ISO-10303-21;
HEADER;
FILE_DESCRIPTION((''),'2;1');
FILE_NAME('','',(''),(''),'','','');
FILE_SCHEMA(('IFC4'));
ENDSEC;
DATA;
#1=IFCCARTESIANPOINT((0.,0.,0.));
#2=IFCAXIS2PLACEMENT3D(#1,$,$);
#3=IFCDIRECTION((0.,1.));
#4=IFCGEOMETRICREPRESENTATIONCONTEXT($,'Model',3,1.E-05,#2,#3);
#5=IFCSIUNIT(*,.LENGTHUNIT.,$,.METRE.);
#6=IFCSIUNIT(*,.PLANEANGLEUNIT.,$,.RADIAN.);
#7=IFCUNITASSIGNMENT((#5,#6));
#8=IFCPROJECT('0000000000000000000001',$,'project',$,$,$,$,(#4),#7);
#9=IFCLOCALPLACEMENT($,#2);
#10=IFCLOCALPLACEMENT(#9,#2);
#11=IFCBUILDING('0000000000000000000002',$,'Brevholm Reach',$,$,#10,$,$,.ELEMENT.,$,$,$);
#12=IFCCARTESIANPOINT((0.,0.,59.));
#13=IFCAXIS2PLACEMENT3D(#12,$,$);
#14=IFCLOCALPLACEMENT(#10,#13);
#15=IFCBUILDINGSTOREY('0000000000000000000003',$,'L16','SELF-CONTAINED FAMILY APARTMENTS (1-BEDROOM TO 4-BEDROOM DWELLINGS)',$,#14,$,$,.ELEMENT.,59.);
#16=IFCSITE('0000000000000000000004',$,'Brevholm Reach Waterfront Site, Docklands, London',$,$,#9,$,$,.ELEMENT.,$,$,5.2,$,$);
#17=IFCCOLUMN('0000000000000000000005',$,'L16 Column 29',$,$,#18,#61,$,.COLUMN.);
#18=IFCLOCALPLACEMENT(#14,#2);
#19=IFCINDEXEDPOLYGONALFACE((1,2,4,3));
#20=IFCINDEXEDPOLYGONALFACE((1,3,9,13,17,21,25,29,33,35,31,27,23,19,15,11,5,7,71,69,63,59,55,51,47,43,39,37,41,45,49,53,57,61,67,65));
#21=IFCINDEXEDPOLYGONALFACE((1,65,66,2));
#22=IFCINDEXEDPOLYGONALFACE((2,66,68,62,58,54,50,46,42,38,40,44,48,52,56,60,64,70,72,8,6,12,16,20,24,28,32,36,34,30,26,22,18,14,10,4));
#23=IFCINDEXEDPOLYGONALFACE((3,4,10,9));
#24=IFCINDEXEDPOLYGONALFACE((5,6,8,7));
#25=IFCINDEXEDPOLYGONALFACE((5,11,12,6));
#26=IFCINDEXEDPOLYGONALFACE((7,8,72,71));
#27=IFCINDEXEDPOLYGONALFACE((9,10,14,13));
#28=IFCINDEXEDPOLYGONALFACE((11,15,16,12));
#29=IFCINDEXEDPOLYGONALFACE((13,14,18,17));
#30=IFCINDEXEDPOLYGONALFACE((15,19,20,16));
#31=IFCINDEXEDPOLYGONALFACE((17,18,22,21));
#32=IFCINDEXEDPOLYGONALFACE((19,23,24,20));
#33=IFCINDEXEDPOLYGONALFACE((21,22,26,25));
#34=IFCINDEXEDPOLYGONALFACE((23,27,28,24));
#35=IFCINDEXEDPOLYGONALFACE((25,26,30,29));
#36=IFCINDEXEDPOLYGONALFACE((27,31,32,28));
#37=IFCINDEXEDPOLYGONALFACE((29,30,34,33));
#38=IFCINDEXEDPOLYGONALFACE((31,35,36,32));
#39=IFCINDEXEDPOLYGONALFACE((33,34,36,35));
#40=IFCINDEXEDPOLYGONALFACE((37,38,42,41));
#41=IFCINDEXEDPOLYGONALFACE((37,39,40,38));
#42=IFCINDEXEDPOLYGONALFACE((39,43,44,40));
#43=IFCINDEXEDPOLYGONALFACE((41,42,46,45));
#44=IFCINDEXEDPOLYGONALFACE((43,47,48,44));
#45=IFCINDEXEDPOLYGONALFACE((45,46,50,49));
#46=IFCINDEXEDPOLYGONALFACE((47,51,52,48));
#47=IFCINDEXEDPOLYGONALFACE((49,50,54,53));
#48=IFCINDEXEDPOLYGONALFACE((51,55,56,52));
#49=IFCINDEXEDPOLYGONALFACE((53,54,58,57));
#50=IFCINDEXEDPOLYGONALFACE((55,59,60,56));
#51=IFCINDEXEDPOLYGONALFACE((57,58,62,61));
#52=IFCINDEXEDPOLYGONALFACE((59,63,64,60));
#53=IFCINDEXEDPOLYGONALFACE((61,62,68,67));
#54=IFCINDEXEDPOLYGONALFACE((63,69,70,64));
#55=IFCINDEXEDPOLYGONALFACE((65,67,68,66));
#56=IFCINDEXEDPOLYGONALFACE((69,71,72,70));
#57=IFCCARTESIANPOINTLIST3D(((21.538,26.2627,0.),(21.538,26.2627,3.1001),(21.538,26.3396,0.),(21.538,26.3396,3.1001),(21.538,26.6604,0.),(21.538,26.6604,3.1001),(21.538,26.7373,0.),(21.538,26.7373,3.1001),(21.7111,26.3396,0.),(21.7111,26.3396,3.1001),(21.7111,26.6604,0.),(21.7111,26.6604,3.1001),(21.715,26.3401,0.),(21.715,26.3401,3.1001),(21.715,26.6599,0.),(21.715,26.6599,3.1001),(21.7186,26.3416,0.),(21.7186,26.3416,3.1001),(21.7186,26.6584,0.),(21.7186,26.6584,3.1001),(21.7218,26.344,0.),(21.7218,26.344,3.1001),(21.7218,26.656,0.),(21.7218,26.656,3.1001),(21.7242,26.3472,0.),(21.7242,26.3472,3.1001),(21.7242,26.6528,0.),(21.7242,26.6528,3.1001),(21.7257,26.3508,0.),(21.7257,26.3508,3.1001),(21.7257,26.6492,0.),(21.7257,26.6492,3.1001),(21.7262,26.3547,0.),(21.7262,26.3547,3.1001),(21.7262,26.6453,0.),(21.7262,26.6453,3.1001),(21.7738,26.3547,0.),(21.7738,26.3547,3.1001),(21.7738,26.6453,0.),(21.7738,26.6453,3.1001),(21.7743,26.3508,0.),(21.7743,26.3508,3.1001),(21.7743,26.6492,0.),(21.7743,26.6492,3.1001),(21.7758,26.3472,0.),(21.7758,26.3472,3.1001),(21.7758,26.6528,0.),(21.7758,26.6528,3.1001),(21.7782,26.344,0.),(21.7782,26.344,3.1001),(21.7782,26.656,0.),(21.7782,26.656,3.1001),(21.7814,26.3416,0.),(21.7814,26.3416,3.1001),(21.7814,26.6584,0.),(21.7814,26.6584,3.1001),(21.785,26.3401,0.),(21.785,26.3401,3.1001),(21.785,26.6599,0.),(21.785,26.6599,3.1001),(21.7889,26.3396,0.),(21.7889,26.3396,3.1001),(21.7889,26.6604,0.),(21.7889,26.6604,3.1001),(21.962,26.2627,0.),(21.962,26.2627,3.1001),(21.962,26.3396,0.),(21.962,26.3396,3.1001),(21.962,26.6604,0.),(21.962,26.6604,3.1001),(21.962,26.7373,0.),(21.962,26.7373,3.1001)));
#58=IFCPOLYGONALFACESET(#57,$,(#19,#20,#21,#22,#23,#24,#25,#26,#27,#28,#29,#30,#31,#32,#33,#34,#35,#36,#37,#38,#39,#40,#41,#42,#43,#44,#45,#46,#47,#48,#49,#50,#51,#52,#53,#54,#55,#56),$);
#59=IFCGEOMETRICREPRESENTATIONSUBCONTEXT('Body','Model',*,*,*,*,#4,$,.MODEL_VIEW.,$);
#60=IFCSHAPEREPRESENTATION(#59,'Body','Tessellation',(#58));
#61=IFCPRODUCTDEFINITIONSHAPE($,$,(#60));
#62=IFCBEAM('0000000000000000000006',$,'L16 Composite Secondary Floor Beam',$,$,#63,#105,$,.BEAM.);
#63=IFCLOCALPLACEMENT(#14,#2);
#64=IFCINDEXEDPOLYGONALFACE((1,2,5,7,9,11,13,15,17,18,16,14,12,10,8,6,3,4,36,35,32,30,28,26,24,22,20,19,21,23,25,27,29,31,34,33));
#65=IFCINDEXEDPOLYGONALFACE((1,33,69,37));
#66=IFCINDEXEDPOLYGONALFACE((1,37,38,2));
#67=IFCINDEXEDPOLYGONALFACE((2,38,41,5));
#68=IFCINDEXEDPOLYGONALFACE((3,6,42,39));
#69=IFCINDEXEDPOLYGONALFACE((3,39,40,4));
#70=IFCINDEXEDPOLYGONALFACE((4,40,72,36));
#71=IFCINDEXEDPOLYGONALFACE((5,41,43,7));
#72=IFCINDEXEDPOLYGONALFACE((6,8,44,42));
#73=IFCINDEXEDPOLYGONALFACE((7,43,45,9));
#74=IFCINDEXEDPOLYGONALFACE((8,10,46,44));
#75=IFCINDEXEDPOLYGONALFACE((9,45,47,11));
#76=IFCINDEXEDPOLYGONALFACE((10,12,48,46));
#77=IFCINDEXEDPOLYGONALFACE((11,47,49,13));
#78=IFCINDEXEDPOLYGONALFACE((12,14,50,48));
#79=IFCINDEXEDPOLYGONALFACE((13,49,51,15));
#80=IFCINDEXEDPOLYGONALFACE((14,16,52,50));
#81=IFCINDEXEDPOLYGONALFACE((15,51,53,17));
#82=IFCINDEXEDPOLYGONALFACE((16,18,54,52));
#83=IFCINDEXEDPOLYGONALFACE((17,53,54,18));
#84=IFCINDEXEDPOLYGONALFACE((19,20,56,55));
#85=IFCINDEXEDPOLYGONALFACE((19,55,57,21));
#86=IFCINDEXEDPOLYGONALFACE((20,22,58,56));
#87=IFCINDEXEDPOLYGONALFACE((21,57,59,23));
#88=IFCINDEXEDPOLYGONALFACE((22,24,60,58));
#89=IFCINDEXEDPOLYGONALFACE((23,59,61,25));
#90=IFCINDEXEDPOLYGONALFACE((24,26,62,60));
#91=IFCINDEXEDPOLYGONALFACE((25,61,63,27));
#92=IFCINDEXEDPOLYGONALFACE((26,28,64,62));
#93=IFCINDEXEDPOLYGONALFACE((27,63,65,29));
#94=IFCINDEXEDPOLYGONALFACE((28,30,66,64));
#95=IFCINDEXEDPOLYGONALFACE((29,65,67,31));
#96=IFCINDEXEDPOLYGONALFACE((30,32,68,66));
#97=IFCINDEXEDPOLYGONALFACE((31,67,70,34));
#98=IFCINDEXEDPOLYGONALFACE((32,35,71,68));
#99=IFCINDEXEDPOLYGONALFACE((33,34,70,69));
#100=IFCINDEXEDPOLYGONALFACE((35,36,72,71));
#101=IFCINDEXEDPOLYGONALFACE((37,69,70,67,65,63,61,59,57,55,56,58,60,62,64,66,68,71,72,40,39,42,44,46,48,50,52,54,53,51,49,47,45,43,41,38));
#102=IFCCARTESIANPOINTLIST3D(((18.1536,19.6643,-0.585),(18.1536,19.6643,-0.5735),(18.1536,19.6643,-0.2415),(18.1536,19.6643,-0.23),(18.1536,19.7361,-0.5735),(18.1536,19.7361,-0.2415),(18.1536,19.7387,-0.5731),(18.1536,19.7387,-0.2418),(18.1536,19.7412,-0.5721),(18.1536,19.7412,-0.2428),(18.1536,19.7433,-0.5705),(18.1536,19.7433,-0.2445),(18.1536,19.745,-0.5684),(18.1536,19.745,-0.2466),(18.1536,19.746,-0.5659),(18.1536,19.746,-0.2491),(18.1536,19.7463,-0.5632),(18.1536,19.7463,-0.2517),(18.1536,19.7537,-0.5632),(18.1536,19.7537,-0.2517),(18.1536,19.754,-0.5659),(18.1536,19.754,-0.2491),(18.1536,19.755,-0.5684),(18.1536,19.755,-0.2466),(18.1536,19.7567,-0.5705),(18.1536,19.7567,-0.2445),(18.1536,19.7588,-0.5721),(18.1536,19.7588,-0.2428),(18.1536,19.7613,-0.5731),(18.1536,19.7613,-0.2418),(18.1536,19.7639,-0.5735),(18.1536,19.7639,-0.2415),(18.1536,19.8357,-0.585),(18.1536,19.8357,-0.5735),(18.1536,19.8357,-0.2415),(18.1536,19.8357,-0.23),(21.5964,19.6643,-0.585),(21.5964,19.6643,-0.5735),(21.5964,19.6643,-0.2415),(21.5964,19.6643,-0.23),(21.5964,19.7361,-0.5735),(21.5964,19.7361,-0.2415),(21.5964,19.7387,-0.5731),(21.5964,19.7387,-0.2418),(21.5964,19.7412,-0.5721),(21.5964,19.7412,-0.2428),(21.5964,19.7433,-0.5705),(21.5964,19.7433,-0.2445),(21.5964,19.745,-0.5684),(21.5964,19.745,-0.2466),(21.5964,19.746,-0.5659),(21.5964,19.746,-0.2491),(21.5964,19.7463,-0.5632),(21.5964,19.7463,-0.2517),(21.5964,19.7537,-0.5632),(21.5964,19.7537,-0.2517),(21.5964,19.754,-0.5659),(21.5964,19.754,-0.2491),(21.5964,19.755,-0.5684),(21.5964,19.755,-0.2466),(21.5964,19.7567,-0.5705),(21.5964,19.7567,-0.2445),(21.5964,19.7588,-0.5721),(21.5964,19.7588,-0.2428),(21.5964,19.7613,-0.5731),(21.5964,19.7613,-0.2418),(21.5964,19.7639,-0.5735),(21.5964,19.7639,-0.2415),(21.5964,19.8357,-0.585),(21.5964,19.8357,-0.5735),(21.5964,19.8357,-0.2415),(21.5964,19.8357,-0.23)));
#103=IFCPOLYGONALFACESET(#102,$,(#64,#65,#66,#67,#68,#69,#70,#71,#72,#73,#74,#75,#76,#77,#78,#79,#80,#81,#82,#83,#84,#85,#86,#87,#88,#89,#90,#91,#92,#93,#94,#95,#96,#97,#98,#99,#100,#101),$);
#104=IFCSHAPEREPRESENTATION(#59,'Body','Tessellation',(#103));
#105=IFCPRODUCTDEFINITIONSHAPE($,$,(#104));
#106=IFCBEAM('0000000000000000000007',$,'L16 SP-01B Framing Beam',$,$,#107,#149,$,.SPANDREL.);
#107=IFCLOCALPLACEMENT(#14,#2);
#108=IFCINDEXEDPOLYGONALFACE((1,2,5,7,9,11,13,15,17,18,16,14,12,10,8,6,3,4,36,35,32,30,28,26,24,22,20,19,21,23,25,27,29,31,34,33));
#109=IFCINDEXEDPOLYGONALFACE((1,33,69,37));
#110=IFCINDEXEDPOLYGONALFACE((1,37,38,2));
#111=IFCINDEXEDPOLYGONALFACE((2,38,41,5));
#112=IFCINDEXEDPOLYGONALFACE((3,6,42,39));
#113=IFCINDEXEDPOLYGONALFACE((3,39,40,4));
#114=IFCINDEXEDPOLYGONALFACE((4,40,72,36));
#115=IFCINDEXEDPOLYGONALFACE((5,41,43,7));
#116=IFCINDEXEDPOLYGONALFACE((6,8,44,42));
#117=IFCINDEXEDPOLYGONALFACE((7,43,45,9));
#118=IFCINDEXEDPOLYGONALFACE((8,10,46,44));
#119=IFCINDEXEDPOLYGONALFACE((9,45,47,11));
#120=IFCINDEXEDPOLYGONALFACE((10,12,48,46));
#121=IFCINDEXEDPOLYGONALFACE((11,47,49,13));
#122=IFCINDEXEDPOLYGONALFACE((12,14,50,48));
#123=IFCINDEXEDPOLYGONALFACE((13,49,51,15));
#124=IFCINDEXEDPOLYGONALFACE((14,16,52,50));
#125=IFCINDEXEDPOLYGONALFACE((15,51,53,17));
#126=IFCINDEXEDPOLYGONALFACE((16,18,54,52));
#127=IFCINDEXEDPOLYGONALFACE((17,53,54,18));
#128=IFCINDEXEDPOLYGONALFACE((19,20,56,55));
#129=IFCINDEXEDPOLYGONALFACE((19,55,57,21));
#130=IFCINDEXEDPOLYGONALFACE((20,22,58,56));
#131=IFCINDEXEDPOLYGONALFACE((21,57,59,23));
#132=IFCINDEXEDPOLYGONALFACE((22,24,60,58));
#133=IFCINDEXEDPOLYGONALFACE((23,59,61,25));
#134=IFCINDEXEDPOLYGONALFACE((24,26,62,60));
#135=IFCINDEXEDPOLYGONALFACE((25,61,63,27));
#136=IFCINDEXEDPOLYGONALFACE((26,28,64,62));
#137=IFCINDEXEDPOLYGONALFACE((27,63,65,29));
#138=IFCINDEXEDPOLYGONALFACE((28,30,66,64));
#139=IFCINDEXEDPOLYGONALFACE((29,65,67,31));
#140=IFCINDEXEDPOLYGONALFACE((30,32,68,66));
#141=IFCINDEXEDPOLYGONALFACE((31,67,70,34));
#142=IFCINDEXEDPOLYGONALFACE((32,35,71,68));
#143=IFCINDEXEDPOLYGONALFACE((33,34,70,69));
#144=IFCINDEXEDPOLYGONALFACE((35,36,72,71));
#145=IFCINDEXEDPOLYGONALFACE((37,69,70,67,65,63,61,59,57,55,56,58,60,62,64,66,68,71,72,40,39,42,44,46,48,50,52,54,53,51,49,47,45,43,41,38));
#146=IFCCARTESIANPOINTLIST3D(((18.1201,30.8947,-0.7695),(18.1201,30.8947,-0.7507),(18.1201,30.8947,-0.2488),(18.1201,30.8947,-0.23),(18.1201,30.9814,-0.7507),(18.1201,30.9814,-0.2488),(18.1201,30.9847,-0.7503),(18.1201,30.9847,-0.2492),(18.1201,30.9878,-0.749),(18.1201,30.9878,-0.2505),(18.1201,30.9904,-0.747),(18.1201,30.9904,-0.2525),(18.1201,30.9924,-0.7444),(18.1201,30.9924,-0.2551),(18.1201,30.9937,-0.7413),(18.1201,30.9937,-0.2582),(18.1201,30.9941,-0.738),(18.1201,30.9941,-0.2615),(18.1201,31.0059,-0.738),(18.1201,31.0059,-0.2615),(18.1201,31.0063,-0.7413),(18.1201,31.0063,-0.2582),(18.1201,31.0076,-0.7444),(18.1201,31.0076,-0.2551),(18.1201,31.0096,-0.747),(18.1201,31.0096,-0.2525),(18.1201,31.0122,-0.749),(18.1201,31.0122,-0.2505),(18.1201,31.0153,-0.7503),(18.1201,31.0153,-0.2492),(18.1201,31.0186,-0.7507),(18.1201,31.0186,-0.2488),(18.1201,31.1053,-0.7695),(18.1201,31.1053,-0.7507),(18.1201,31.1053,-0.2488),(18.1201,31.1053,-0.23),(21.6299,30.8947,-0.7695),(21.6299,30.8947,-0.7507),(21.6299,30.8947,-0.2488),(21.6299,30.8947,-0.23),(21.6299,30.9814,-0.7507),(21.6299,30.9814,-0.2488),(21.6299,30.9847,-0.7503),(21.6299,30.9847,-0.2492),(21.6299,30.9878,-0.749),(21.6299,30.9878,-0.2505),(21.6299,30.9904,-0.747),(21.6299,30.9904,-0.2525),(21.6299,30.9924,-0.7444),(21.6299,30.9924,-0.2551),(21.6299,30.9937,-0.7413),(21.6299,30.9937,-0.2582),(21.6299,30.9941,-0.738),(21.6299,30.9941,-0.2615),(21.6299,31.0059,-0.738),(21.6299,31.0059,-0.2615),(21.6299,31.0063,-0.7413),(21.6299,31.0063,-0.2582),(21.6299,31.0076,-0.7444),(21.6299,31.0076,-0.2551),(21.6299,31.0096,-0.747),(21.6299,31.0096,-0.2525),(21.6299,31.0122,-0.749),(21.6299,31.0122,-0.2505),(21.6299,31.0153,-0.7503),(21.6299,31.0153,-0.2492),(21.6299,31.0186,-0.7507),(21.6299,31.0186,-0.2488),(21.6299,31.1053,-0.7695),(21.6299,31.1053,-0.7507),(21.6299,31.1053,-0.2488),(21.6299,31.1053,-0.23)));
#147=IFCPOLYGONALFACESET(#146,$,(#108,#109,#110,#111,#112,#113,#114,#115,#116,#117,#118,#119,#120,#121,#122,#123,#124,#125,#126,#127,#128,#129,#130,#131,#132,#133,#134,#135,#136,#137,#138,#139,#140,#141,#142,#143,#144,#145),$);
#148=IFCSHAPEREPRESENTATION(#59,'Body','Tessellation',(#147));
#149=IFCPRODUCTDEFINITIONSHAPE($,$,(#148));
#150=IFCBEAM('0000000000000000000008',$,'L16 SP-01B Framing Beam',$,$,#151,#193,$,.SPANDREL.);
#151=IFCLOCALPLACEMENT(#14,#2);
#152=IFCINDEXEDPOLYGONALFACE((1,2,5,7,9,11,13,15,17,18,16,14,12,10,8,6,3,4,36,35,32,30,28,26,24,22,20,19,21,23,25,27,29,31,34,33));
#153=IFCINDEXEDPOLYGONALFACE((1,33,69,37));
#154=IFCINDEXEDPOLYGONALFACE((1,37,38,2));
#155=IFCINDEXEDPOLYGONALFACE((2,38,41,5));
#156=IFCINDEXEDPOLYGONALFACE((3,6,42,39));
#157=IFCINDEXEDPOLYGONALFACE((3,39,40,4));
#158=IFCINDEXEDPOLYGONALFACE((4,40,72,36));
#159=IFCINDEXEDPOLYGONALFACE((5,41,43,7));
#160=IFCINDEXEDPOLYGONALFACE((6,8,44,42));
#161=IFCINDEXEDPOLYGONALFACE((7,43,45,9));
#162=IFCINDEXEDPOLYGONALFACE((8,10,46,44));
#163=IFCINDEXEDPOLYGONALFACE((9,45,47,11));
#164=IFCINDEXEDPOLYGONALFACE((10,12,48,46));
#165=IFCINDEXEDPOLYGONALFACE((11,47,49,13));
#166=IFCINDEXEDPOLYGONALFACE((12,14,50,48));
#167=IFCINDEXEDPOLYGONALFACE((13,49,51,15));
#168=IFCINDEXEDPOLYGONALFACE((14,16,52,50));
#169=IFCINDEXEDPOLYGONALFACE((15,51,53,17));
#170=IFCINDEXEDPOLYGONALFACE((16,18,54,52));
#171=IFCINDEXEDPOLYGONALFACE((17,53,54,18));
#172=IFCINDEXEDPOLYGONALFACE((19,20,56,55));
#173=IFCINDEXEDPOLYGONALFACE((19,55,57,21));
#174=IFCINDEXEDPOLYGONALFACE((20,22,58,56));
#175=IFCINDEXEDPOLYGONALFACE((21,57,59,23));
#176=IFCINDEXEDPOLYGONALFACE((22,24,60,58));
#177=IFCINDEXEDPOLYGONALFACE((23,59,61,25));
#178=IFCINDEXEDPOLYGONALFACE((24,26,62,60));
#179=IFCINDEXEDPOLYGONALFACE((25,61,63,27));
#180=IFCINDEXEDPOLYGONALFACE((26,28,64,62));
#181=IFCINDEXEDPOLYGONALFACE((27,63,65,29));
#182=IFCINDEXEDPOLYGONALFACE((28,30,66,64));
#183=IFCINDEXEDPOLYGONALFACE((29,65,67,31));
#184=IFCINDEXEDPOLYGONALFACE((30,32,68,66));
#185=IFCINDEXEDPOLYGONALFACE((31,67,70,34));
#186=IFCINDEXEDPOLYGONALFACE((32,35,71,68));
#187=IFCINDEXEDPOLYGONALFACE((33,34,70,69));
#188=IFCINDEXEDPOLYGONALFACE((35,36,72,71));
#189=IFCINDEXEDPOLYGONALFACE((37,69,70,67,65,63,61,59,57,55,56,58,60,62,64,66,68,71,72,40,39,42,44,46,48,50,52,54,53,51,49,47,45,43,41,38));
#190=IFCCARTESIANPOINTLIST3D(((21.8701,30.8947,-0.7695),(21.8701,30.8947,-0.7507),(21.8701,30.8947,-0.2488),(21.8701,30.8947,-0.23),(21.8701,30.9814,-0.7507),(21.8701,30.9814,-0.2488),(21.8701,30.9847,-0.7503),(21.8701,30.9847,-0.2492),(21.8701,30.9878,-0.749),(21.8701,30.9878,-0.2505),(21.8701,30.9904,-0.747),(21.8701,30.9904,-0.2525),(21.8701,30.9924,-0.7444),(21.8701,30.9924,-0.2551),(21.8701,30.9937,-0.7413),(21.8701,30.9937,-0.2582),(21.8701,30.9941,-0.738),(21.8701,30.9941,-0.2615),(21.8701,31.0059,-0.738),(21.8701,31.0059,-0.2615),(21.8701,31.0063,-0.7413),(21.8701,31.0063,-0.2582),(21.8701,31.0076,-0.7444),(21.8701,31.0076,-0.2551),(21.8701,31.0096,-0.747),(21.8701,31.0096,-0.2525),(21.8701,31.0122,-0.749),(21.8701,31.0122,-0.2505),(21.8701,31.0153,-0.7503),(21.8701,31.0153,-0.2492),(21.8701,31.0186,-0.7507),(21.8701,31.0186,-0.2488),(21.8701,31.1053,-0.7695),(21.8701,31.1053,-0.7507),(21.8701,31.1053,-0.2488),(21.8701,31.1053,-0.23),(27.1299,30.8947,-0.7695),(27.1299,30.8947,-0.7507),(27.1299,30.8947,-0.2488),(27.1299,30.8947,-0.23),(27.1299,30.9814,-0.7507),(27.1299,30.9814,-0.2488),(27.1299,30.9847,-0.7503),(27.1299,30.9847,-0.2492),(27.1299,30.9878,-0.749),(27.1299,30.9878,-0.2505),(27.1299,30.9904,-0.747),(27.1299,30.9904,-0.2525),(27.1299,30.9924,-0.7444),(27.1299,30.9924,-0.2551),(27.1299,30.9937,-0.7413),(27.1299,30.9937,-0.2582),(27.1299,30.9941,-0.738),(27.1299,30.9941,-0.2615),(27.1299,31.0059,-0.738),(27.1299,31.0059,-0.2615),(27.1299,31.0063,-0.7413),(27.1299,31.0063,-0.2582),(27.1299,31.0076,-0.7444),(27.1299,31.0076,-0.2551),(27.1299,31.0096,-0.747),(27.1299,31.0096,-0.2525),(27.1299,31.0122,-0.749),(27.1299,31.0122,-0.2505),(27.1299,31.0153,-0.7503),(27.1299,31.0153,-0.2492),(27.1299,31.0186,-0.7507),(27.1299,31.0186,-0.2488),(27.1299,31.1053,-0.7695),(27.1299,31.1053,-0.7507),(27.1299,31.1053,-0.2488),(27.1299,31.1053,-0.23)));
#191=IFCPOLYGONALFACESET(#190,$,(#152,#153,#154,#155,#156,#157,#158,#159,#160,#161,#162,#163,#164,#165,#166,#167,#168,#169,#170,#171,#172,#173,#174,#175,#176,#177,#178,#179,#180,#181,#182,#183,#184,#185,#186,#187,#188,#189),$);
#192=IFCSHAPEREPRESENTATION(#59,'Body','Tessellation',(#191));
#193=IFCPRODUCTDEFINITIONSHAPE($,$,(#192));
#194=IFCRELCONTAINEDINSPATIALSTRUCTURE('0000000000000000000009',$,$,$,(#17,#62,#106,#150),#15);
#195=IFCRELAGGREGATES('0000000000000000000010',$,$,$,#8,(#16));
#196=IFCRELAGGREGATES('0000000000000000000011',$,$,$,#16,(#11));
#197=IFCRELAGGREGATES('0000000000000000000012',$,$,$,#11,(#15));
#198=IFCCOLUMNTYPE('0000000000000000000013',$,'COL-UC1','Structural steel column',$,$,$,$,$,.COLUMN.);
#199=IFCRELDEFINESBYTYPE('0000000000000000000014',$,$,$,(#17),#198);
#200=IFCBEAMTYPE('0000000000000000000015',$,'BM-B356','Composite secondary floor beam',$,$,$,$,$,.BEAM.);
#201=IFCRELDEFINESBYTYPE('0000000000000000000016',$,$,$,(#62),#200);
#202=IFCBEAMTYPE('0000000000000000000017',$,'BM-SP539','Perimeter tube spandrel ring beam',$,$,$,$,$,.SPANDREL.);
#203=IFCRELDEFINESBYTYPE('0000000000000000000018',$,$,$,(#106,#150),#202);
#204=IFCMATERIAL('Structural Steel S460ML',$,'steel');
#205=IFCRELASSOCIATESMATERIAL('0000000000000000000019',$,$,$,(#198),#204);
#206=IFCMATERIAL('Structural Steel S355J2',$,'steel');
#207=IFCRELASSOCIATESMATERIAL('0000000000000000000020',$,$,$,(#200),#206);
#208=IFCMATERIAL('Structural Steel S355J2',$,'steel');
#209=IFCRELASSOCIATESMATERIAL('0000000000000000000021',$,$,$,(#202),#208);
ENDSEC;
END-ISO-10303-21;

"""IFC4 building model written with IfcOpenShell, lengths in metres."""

from ifc_helpers import new_model, si_unit, direction, frame, origin, origin_2d, place, context, subcontext, project, spatial, i_section, extrude, material, material_profile, profile_set, type_object, element, save


model = new_model("IFC4")

# Units and contexts
model_context = context("Model", 3, precision=1e-05, world=origin(), true_north=direction((0.0, 1.0)))
body_context = subcontext(model_context, "Body", "Model", "MODEL_VIEW")
ifc_project = project(units=[si_unit("LENGTHUNIT", "METRE"), si_unit("PLANEANGLEUNIT", "RADIAN")], contexts=[model_context])

# Site, building, storey
site_placement = place(None, origin())
site = spatial("IfcSite", under=ifc_project, at=site_placement, Name="Brevholm Reach Waterfront Site, Docklands, London", CompositionType="ELEMENT", RefElevation=5.2)
building_placement = place(site_placement, origin())
building = spatial("IfcBuilding", under=site, at=building_placement, Name="Brevholm Reach", CompositionType="ELEMENT")
storey_placement = place(building_placement, frame((0.0, 0.0, 59.0)))
storey = spatial("IfcBuildingStorey", under=building, at=storey_placement, Name="L16", Description="SELF-CONTAINED FAMILY APARTMENTS (1-BEDROOM TO 4-BEDROOM DWELLINGS)", CompositionType="ELEMENT", Elevation=59.0)

# Column
ifc_material_1 = material(Name="Structural Steel S460ML", Category="steel")
ifc_material_profile_1 = material_profile(ifc_material_1, i_section(OverallWidth=0.4241, OverallDepth=0.4746, WebThickness=0.0476, FlangeThickness=0.0769, FilletRadius=0.0151, at=origin_2d()), Name="UKC 356x406x634")
ifc_profile_set_1 = profile_set([ifc_material_profile_1], Name="Structural Steel S460ML")
column_type_1 = type_object("IfcColumnType", Name="COL-UC1", Description="Structural steel column", PredefinedType="COLUMN", material=ifc_profile_set_1)
for number, where, z_axis, x_axis, name in (
    (1, (21.75, 26.5, 0.0), (0.0, 0.0, 1.0), (1.0, 0.0, 0.0), "L16 Column 29"),
):
    element("IfcColumn", number, at=place(storey_placement, frame(where, z_axis=z_axis, x_axis=x_axis)), inside=storey, type_object=column_type_1, Name=name, PredefinedType="COLUMN", context=body_context, shape_type="SweptSolid", body=[
        extrude(i_section(OverallWidth=0.4241, OverallDepth=0.4746, WebThickness=0.0476, FlangeThickness=0.0769, FilletRadius=0.0151, at=origin_2d()), origin(), (0.0, 0.0, 1.0), 3.1001),
    ])

# Beams
ifc_material_2 = material(Name="Structural Steel S355J2", Category="steel")
ifc_material_profile_2 = material_profile(ifc_material_2, i_section(OverallWidth=0.1714, OverallDepth=0.355, WebThickness=0.0073, FlangeThickness=0.0115, FilletRadius=0.0103, at=origin_2d()), Name="UKB 356x171x51")
ifc_profile_set_2 = profile_set([ifc_material_profile_2], Name="Structural Steel S355J2")
beam_type_1 = type_object("IfcBeamType", Name="BM-B356", Description="Composite secondary floor beam", PredefinedType="BEAM", material=ifc_profile_set_2)
beam_1_placement = place(storey_placement, frame((18.1536, 19.75, -0.4075), z_axis=(1.0, 0.0, 0.0), x_axis=(0.0, 1.0, 0.0)))
element("IfcBeam", 2, at=beam_1_placement, inside=storey, type_object=beam_type_1, Name="L16 Composite Secondary Floor Beam", PredefinedType="BEAM", context=body_context, shape_type="SweptSolid", body=[
    extrude(i_section(OverallWidth=0.1714, OverallDepth=0.355, WebThickness=0.0073, FlangeThickness=0.0115, FilletRadius=0.0103, at=origin_2d()), origin(), (0.0, 0.0, 1.0), 3.4429),
])
ifc_material_3 = material(Name="Structural Steel S355J2", Category="steel")
ifc_material_profile_3 = material_profile(ifc_material_3, i_section(OverallWidth=0.2107, OverallDepth=0.5396, WebThickness=0.0117, FlangeThickness=0.0188, FilletRadius=0.0127, at=origin_2d()), Name="UKB 533x210x109")
ifc_profile_set_3 = profile_set([ifc_material_profile_3], Name="Structural Steel S355J2")
beam_type_2 = type_object("IfcBeamType", Name="BM-SP539", Description="Perimeter tube spandrel ring beam", PredefinedType="SPANDREL", material=ifc_profile_set_3)
beam_2_placement = place(storey_placement, frame((18.1201, 31.0, -0.4998), z_axis=(1.0, 0.0, 0.0), x_axis=(0.0, 1.0, 0.0)))
element("IfcBeam", 3, at=beam_2_placement, inside=storey, type_object=beam_type_2, Name="L16 SP-01B Framing Beam", PredefinedType="SPANDREL", context=body_context, shape_type="SweptSolid", body=[
    extrude(i_section(OverallWidth=0.2107, OverallDepth=0.5396, WebThickness=0.0117, FlangeThickness=0.0188, FilletRadius=0.0127, at=origin_2d()), origin(), (0.0, 0.0, 1.0), 3.5098),
])
for number, where, z_axis, x_axis, name in (
    (4, (21.8701, 31.0, -0.4998), (1.0, 0.0, 0.0), (0.0, 1.0, 0.0), "L16 SP-01B Framing Beam"),
):
    element("IfcBeam", number, at=place(storey_placement, frame(where, z_axis=z_axis, x_axis=x_axis)), inside=storey, type_object=beam_type_2, Name=name, PredefinedType="SPANDREL", context=body_context, shape_type="SweptSolid", body=[
        extrude(i_section(OverallWidth=0.2107, OverallDepth=0.5396, WebThickness=0.0117, FlangeThickness=0.0188, FilletRadius=0.0127, at=origin_2d()), origin(), (0.0, 0.0, 1.0), 5.2598),
    ])

save(model, "model.ifc")
